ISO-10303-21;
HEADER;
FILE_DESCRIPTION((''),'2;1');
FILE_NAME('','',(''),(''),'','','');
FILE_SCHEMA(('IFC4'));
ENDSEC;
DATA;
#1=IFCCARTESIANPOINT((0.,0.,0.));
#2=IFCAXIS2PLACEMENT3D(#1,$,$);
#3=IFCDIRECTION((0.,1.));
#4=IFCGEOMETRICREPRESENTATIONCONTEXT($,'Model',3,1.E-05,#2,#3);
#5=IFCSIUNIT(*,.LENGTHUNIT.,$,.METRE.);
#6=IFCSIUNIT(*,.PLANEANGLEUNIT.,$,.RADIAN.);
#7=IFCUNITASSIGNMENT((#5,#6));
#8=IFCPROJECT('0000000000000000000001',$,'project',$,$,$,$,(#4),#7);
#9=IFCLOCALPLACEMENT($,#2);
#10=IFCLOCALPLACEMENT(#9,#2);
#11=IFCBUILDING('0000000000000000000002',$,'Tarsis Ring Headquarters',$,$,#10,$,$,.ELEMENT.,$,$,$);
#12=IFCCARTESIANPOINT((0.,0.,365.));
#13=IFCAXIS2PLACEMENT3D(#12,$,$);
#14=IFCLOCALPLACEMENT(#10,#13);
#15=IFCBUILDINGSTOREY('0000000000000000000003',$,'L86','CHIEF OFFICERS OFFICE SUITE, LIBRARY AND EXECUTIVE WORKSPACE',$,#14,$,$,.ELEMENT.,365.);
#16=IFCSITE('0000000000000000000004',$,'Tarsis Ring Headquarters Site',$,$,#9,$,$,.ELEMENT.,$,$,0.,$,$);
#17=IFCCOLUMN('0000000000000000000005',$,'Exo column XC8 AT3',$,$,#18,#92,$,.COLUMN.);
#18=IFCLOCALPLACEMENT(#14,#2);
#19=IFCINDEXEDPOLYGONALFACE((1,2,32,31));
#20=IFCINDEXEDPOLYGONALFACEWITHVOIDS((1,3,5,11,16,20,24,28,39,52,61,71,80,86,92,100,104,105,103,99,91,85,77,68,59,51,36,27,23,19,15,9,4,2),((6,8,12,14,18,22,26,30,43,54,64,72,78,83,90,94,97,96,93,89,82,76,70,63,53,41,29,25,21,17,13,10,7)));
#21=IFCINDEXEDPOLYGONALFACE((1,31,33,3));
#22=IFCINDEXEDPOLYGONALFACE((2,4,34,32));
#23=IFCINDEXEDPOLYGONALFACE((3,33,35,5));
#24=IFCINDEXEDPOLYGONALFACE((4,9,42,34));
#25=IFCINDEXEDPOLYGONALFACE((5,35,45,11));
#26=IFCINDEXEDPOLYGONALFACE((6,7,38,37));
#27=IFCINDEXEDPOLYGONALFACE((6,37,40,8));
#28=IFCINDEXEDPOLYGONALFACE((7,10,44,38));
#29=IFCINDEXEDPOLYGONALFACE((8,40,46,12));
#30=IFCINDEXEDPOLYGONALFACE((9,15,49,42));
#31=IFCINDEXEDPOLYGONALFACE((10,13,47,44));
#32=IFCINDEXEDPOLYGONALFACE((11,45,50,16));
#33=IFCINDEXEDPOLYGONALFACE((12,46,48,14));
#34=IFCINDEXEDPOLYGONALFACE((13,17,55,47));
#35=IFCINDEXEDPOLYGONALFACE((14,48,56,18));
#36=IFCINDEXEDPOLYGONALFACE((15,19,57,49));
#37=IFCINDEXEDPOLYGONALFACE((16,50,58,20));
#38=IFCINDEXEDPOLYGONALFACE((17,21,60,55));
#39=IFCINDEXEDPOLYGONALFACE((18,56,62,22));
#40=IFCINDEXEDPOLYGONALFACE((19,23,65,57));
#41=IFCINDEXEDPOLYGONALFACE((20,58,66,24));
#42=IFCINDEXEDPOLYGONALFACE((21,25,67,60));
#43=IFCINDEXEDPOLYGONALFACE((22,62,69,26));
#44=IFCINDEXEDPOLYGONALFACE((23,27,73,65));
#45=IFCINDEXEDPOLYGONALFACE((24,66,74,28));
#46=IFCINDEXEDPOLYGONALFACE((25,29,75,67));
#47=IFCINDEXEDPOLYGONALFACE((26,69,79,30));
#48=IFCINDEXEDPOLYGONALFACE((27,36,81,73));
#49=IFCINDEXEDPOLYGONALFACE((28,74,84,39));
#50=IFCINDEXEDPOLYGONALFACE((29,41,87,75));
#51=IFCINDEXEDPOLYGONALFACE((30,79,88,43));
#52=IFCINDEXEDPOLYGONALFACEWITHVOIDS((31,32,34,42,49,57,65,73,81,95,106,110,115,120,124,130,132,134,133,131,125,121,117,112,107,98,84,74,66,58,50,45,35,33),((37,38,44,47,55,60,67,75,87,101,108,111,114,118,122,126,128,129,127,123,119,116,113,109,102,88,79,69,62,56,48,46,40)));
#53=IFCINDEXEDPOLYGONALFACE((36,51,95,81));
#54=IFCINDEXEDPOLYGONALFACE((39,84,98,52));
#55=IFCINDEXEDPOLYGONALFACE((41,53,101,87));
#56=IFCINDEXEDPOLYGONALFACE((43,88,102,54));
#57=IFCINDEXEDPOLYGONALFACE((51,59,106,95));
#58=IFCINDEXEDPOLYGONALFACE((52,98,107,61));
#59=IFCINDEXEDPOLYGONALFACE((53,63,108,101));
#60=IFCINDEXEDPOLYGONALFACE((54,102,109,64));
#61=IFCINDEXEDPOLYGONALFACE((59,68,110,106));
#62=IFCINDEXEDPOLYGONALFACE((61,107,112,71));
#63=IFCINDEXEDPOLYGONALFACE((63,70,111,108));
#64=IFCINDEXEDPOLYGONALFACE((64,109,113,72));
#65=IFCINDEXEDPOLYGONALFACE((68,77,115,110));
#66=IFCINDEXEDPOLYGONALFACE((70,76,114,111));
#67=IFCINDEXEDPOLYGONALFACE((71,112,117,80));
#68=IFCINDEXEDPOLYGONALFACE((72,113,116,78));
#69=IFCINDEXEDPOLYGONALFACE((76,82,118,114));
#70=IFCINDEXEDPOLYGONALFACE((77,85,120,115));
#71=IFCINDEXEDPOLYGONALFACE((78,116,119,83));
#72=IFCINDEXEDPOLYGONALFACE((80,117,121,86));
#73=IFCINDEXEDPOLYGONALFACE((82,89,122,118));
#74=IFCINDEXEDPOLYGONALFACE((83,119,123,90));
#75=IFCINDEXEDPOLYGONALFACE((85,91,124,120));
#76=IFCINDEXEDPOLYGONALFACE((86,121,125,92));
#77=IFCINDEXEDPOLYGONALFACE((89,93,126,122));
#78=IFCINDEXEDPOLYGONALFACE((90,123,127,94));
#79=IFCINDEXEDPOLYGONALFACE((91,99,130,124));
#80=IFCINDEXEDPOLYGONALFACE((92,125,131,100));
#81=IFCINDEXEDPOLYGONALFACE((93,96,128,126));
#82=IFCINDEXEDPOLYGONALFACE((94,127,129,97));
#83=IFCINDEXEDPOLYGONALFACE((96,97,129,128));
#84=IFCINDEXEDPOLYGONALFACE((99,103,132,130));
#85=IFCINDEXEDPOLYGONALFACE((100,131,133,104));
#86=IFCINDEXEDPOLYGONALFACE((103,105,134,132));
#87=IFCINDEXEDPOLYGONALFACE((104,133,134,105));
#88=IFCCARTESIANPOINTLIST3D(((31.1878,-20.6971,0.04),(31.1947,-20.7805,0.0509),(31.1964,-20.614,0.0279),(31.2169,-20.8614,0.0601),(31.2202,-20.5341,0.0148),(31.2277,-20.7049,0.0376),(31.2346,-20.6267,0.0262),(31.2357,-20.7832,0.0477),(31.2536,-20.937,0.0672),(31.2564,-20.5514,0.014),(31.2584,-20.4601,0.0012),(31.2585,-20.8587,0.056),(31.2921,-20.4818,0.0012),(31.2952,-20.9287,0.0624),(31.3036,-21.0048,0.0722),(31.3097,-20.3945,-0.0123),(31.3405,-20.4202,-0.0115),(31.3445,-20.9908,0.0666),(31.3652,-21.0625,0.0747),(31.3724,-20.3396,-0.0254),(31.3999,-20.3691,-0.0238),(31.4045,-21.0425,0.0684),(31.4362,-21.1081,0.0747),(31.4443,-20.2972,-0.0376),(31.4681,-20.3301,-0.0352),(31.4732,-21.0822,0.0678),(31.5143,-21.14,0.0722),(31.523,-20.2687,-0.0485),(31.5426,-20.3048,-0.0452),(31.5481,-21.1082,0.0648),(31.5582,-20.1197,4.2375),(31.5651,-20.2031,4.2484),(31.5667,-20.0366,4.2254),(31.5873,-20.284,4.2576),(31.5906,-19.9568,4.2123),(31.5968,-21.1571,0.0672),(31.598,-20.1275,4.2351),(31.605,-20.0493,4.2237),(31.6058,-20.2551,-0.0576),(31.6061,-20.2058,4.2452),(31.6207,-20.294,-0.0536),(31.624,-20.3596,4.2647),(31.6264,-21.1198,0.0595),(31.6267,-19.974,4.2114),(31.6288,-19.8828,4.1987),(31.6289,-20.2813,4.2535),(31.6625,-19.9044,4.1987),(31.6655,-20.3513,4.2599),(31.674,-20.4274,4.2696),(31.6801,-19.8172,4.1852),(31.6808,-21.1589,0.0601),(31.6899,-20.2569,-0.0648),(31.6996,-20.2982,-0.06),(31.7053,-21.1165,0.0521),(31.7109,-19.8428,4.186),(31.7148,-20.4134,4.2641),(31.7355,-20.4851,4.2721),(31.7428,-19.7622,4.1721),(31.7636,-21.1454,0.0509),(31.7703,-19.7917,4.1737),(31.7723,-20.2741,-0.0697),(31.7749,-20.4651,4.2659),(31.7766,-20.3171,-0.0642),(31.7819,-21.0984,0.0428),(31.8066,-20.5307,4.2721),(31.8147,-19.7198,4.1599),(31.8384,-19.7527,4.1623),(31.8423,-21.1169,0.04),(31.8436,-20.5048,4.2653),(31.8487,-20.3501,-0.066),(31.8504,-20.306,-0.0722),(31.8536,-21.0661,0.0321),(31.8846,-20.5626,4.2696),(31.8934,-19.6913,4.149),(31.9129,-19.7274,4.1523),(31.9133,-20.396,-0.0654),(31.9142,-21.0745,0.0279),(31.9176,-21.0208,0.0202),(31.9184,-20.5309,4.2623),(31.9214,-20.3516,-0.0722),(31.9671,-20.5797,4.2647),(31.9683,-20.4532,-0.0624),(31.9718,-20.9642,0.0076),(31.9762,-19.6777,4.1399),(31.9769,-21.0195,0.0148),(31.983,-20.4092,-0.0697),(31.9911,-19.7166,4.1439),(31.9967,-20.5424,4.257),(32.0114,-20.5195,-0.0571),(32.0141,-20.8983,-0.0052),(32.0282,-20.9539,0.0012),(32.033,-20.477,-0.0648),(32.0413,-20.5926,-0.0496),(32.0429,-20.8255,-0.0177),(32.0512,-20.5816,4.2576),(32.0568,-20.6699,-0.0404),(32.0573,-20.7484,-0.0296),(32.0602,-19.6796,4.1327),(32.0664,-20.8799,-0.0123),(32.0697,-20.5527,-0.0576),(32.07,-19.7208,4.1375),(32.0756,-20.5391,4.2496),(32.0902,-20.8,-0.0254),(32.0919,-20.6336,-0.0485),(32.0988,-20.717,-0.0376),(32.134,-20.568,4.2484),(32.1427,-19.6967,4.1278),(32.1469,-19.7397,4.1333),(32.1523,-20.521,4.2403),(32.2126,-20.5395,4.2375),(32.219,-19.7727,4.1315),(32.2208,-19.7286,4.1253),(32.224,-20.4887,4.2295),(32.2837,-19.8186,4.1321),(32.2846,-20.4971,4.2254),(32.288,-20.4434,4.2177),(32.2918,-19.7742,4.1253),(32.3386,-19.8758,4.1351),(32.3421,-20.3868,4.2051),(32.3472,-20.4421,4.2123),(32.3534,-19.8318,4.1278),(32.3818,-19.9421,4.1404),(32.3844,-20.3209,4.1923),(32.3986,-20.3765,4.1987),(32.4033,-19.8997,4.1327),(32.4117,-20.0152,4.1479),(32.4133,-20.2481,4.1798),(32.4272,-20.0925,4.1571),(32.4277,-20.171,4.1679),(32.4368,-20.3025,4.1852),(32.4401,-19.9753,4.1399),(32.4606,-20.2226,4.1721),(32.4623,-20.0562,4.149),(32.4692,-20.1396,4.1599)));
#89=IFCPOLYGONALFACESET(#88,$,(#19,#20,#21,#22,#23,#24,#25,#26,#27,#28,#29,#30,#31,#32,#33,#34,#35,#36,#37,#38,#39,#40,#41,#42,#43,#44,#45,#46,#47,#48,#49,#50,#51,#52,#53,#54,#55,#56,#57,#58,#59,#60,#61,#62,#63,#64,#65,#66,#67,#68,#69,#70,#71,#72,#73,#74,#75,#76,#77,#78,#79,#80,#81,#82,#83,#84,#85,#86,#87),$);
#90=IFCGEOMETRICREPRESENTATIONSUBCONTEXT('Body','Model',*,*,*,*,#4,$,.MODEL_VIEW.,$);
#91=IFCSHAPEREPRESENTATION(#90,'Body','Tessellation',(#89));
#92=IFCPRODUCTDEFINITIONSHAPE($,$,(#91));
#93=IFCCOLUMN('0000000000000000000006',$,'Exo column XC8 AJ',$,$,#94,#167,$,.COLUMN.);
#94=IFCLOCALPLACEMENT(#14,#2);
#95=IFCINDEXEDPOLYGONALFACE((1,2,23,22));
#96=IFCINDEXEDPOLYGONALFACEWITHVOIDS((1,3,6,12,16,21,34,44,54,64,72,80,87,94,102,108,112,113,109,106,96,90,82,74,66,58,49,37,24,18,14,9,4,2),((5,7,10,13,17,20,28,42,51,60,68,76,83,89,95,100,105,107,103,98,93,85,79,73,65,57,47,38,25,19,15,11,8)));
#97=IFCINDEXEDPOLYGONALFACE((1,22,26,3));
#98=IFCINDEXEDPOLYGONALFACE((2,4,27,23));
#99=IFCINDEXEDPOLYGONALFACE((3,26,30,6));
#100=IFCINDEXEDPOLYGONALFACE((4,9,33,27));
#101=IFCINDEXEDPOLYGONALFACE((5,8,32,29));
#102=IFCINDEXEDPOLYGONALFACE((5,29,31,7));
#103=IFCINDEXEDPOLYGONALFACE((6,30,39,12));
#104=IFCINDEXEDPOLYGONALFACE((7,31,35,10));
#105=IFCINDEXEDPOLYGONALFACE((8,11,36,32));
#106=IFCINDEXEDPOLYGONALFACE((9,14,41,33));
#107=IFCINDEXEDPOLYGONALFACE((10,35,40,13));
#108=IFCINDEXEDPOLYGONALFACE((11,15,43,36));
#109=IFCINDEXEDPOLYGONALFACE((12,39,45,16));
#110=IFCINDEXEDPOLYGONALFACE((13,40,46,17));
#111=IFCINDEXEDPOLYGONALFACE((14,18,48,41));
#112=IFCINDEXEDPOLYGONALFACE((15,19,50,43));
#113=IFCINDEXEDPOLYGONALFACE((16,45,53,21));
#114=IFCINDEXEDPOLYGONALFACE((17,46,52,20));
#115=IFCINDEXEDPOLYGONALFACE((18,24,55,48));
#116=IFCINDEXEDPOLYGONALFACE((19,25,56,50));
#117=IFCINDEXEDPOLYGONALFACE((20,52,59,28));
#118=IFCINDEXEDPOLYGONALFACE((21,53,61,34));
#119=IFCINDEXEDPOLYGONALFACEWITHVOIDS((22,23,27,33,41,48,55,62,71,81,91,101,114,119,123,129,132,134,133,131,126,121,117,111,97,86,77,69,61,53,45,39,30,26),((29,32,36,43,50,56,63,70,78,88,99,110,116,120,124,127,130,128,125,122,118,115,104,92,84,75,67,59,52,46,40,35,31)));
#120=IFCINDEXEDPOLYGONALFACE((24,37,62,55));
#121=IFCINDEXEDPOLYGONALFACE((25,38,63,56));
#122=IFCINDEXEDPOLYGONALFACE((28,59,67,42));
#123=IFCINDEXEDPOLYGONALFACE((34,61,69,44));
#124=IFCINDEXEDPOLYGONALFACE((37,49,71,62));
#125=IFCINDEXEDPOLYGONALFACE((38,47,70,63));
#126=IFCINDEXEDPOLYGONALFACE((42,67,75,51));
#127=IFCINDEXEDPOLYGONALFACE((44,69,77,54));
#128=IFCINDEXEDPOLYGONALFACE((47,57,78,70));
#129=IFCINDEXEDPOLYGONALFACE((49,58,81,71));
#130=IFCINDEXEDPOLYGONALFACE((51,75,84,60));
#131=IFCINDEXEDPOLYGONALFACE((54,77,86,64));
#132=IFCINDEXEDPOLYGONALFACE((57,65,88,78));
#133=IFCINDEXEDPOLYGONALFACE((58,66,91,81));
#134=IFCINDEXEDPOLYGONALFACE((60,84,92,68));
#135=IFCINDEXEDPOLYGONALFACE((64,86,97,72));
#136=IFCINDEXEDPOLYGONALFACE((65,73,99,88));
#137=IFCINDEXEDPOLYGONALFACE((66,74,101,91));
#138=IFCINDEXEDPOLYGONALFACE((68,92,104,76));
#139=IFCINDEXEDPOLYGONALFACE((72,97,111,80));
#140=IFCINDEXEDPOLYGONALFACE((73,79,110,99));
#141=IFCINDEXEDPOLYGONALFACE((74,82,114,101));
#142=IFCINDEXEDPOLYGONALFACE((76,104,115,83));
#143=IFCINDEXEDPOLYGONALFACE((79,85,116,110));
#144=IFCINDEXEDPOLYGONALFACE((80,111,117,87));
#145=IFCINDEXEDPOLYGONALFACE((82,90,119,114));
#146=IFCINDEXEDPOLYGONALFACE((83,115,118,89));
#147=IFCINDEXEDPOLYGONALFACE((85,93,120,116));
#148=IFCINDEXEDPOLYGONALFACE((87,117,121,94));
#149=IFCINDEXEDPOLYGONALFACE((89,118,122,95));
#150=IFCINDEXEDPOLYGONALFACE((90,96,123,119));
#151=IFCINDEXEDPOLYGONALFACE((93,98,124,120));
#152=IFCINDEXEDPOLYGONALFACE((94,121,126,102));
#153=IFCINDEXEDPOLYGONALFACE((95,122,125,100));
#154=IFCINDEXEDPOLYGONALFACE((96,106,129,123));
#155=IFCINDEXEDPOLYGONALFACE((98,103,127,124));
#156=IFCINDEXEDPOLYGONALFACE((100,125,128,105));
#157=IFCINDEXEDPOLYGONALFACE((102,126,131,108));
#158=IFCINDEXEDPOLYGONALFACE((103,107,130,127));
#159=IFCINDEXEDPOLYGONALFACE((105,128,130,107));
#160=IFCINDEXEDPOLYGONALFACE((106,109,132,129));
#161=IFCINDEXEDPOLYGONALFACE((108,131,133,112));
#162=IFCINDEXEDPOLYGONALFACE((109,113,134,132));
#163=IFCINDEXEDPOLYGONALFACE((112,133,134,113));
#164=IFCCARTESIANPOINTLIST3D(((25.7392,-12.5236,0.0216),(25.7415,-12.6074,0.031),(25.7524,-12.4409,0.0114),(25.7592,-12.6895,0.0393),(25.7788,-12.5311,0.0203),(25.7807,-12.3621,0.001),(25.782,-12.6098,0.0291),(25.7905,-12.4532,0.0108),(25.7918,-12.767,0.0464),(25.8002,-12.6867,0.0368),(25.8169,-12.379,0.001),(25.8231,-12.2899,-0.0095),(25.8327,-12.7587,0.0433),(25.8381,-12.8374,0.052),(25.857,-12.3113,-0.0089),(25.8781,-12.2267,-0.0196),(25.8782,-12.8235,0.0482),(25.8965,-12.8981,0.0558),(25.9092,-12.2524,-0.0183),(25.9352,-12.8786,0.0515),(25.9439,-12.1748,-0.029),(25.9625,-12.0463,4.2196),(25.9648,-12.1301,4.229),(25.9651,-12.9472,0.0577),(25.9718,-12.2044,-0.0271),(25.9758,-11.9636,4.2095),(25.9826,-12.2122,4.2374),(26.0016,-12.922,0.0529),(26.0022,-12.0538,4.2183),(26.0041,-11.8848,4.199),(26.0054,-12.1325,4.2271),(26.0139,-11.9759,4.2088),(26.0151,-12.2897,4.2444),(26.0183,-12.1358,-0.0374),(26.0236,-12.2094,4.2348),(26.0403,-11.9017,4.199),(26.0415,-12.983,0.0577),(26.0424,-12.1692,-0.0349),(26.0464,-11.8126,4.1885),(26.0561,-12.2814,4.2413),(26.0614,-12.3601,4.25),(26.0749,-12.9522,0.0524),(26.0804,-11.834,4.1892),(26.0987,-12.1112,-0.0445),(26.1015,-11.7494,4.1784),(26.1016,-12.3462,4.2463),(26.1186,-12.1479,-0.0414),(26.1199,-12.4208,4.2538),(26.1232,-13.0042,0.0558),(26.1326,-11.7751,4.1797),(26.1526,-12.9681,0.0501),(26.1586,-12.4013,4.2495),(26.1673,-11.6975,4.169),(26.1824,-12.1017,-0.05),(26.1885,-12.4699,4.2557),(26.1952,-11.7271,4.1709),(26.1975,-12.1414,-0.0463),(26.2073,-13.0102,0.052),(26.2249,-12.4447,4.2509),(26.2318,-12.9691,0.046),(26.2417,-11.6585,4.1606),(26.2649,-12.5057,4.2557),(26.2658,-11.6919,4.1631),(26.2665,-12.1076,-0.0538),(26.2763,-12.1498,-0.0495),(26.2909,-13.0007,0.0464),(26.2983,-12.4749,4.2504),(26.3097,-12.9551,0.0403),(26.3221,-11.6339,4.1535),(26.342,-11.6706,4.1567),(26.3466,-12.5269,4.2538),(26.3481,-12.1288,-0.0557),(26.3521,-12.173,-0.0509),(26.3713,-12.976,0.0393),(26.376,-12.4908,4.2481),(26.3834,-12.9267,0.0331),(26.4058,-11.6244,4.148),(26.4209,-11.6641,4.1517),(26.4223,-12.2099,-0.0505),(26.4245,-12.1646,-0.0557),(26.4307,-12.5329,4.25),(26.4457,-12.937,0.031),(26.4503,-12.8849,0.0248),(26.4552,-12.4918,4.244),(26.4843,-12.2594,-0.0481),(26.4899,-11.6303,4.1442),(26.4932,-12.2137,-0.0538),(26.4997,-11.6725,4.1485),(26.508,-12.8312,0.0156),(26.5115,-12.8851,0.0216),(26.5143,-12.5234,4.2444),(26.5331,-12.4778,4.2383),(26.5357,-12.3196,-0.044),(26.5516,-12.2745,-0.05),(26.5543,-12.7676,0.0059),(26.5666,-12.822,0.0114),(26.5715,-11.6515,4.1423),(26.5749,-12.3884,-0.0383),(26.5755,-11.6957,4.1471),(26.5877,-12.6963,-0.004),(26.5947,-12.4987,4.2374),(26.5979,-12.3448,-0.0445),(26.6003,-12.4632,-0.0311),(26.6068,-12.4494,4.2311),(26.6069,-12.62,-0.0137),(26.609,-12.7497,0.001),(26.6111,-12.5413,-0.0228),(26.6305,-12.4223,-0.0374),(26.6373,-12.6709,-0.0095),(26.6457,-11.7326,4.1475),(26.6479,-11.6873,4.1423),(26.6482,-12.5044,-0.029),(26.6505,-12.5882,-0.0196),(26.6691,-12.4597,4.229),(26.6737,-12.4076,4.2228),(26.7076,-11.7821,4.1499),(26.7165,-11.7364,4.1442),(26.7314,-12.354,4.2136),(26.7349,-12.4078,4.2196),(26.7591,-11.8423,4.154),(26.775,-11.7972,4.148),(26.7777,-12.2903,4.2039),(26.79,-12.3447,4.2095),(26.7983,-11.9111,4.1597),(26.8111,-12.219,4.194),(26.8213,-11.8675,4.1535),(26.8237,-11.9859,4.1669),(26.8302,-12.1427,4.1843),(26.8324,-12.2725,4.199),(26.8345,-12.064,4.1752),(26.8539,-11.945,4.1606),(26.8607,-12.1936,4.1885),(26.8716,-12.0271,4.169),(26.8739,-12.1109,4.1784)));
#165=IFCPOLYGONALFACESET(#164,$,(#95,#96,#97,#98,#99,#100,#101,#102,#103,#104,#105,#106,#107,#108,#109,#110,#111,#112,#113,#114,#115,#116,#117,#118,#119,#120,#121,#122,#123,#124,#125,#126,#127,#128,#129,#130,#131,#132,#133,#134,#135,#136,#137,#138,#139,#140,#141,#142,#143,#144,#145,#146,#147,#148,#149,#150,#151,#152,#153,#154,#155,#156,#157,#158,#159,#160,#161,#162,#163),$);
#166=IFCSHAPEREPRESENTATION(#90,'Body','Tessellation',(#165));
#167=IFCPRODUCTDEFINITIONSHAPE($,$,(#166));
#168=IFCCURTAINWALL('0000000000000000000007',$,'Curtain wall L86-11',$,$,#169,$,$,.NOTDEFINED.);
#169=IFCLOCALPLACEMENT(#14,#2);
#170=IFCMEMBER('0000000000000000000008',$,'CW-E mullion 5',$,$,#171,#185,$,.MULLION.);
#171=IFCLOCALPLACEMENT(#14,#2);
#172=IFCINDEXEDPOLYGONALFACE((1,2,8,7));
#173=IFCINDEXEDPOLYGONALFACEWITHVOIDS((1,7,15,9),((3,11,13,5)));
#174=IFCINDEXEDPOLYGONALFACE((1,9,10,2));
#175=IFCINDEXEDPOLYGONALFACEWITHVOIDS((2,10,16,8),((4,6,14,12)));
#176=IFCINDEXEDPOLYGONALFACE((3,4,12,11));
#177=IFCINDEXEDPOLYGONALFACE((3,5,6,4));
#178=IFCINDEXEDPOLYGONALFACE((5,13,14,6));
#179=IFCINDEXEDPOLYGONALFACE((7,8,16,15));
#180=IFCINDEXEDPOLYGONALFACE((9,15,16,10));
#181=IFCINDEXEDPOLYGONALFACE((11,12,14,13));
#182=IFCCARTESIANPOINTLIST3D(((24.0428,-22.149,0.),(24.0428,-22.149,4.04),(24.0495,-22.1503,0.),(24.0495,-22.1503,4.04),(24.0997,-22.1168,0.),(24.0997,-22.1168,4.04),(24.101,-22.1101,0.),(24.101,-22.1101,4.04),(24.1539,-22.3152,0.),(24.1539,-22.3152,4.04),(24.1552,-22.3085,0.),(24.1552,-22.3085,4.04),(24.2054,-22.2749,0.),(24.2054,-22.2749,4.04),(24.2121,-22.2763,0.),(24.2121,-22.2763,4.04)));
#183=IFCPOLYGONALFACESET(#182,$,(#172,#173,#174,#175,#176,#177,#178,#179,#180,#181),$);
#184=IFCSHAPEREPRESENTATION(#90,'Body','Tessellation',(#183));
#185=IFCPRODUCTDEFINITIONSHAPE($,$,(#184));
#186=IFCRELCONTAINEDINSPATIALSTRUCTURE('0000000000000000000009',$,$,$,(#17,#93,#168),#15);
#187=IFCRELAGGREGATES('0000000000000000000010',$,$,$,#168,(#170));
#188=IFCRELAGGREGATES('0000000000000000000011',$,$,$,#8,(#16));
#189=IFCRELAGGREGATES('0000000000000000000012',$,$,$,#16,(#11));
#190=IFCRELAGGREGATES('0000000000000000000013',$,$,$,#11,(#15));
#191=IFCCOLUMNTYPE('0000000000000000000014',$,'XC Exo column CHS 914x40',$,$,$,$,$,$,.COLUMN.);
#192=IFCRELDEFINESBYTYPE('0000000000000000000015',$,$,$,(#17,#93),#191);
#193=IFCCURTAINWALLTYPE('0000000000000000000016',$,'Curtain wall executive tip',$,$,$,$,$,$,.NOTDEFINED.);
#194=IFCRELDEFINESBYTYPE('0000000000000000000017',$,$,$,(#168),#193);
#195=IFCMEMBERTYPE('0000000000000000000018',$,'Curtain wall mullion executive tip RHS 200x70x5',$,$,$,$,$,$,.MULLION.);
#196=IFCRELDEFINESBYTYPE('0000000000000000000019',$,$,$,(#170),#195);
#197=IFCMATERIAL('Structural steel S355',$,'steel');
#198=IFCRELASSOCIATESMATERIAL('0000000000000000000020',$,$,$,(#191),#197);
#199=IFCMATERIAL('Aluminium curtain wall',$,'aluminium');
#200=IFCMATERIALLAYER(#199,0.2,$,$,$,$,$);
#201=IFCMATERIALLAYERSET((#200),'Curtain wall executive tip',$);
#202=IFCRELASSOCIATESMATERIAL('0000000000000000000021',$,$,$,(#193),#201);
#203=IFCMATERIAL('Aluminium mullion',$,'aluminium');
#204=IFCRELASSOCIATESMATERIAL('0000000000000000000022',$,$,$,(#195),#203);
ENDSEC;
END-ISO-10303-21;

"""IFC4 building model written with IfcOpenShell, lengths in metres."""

from ifc_helpers import new_model, si_unit, direction, frame, origin, origin_2d, place, context, subcontext, project, spatial, hollow_rectangle, hollow_circle, extrude, material, layer, layer_set, material_profile, profile_set, type_object, element, aggregate, save


model = new_model("IFC4")

# Units and contexts
model_context = context("Model", 3, precision=1e-05, world=origin(), true_north=direction((0.0, 1.0)))
body_context = subcontext(model_context, "Body", "Model", "MODEL_VIEW")
ifc_project = project(units=[si_unit("LENGTHUNIT", "METRE"), si_unit("PLANEANGLEUNIT", "RADIAN")], contexts=[model_context])

# Site, building, storey
site_placement = place(None, origin())
site = spatial("IfcSite", under=ifc_project, at=site_placement, Name="Tarsis Ring Headquarters Site", CompositionType="ELEMENT", RefElevation=0.0)
building_placement = place(site_placement, origin())
building = spatial("IfcBuilding", under=site, at=building_placement, Name="Tarsis Ring Headquarters", CompositionType="ELEMENT")
storey_placement = place(building_placement, frame((0.0, 0.0, 365.0)))
storey = spatial("IfcBuildingStorey", under=building, at=storey_placement, Name="L86", Description="CHIEF OFFICERS OFFICE SUITE, LIBRARY AND EXECUTIVE WORKSPACE", CompositionType="ELEMENT", Elevation=365.0)

# Columns
ifc_material_1 = material(Name="Structural steel S355", Category="steel")
ifc_material_profile_1 = material_profile(ifc_material_1, hollow_circle(Radius=0.457, WallThickness=0.04, at=origin_2d()), Name="CHS 914x40")
ifc_profile_set_1 = profile_set([ifc_material_profile_1], Name="Structural steel S355")
column_type = type_object("IfcColumnType", Name="XC Exo column CHS 914x40", PredefinedType="COLUMN", material=ifc_profile_set_1)
column_1_placement = place(storey_placement, frame((31.6433, -20.707, 0.0012), z_axis=(0.087078, 0.135755, 0.986908), x_axis=(-0.841722, 0.539912, 0.0)))
element("IfcColumn", 1, at=column_1_placement, inside=storey, type_object=column_type, Name="Exo column XC8 AT3", PredefinedType="COLUMN", context=body_context, shape_type="SweptSolid", body=[
    extrude(hollow_circle(Radius=0.4573, WallThickness=0.04, at=origin_2d()), origin(), (0.0, 0.0, 1.0), 4.2532),
])
column_2_placement = place(storey_placement, frame((26.1948, -12.5559, 0.001), z_axis=(0.052799, 0.11281, 0.992213), x_axis=(-0.905709, 0.4239, 0.0)))
element("IfcColumn", 2, at=column_2_placement, inside=storey, type_object=column_type, Name="Exo column XC8 AJ", PredefinedType="COLUMN", context=body_context, shape_type="SweptSolid", body=[
    extrude(hollow_circle(Radius=0.4573, WallThickness=0.04, at=origin_2d()), origin(), (0.0, 0.0, 1.0), 4.231),
])

# Curtain wall, member
ifc_material_2 = material(Name="Aluminium curtain wall", Category="aluminium")
ifc_layer_1 = layer(ifc_material_2, 0.2)
ifc_layer_set_1 = layer_set([ifc_layer_1], Name="Curtain wall executive tip")
curtain_wall_type = type_object("IfcCurtainWallType", Name="Curtain wall executive tip", PredefinedType="NOTDEFINED", material=ifc_layer_set_1)
curtain_wall_placement = place(storey_placement, origin())
curtain_wall = element("IfcCurtainWall", 3, at=curtain_wall_placement, inside=storey, type_object=curtain_wall_type, Name="Curtain wall L86-11", PredefinedType="NOTDEFINED")
ifc_material_3 = material(Name="Aluminium mullion", Category="aluminium")
ifc_material_profile_2 = material_profile(ifc_material_3, hollow_rectangle(XDim=0.2, YDim=0.0701, WallThickness=0.0049, at=origin_2d()), Name="RHS 200x70x5")
ifc_profile_set_2 = profile_set([ifc_material_profile_2], Name="Aluminium mullion")
member_type_1 = type_object("IfcMemberType", Name="Curtain wall mullion executive tip RHS 200x70x5", PredefinedType="MULLION", material=ifc_profile_set_2)
member_1_placement = place(storey_placement, frame((24.1274, -22.2126, 0.0), z_axis=(0.0, 0.0, 1.0), x_axis=(-0.555715, 0.831373, 0.0)))
member_1 = element("IfcMember", 4, at=member_1_placement, type_object=member_type_1, Name="CW-E mullion 5", PredefinedType="MULLION", context=body_context, shape_type="SweptSolid", body=[
    extrude(hollow_rectangle(XDim=0.2, YDim=0.0701, WallThickness=0.0049, at=origin_2d()), origin(), (0.0, 0.0, 1.0), 4.04),
])

aggregate(curtain_wall, [member_1])

save(model, "model.ifc")
